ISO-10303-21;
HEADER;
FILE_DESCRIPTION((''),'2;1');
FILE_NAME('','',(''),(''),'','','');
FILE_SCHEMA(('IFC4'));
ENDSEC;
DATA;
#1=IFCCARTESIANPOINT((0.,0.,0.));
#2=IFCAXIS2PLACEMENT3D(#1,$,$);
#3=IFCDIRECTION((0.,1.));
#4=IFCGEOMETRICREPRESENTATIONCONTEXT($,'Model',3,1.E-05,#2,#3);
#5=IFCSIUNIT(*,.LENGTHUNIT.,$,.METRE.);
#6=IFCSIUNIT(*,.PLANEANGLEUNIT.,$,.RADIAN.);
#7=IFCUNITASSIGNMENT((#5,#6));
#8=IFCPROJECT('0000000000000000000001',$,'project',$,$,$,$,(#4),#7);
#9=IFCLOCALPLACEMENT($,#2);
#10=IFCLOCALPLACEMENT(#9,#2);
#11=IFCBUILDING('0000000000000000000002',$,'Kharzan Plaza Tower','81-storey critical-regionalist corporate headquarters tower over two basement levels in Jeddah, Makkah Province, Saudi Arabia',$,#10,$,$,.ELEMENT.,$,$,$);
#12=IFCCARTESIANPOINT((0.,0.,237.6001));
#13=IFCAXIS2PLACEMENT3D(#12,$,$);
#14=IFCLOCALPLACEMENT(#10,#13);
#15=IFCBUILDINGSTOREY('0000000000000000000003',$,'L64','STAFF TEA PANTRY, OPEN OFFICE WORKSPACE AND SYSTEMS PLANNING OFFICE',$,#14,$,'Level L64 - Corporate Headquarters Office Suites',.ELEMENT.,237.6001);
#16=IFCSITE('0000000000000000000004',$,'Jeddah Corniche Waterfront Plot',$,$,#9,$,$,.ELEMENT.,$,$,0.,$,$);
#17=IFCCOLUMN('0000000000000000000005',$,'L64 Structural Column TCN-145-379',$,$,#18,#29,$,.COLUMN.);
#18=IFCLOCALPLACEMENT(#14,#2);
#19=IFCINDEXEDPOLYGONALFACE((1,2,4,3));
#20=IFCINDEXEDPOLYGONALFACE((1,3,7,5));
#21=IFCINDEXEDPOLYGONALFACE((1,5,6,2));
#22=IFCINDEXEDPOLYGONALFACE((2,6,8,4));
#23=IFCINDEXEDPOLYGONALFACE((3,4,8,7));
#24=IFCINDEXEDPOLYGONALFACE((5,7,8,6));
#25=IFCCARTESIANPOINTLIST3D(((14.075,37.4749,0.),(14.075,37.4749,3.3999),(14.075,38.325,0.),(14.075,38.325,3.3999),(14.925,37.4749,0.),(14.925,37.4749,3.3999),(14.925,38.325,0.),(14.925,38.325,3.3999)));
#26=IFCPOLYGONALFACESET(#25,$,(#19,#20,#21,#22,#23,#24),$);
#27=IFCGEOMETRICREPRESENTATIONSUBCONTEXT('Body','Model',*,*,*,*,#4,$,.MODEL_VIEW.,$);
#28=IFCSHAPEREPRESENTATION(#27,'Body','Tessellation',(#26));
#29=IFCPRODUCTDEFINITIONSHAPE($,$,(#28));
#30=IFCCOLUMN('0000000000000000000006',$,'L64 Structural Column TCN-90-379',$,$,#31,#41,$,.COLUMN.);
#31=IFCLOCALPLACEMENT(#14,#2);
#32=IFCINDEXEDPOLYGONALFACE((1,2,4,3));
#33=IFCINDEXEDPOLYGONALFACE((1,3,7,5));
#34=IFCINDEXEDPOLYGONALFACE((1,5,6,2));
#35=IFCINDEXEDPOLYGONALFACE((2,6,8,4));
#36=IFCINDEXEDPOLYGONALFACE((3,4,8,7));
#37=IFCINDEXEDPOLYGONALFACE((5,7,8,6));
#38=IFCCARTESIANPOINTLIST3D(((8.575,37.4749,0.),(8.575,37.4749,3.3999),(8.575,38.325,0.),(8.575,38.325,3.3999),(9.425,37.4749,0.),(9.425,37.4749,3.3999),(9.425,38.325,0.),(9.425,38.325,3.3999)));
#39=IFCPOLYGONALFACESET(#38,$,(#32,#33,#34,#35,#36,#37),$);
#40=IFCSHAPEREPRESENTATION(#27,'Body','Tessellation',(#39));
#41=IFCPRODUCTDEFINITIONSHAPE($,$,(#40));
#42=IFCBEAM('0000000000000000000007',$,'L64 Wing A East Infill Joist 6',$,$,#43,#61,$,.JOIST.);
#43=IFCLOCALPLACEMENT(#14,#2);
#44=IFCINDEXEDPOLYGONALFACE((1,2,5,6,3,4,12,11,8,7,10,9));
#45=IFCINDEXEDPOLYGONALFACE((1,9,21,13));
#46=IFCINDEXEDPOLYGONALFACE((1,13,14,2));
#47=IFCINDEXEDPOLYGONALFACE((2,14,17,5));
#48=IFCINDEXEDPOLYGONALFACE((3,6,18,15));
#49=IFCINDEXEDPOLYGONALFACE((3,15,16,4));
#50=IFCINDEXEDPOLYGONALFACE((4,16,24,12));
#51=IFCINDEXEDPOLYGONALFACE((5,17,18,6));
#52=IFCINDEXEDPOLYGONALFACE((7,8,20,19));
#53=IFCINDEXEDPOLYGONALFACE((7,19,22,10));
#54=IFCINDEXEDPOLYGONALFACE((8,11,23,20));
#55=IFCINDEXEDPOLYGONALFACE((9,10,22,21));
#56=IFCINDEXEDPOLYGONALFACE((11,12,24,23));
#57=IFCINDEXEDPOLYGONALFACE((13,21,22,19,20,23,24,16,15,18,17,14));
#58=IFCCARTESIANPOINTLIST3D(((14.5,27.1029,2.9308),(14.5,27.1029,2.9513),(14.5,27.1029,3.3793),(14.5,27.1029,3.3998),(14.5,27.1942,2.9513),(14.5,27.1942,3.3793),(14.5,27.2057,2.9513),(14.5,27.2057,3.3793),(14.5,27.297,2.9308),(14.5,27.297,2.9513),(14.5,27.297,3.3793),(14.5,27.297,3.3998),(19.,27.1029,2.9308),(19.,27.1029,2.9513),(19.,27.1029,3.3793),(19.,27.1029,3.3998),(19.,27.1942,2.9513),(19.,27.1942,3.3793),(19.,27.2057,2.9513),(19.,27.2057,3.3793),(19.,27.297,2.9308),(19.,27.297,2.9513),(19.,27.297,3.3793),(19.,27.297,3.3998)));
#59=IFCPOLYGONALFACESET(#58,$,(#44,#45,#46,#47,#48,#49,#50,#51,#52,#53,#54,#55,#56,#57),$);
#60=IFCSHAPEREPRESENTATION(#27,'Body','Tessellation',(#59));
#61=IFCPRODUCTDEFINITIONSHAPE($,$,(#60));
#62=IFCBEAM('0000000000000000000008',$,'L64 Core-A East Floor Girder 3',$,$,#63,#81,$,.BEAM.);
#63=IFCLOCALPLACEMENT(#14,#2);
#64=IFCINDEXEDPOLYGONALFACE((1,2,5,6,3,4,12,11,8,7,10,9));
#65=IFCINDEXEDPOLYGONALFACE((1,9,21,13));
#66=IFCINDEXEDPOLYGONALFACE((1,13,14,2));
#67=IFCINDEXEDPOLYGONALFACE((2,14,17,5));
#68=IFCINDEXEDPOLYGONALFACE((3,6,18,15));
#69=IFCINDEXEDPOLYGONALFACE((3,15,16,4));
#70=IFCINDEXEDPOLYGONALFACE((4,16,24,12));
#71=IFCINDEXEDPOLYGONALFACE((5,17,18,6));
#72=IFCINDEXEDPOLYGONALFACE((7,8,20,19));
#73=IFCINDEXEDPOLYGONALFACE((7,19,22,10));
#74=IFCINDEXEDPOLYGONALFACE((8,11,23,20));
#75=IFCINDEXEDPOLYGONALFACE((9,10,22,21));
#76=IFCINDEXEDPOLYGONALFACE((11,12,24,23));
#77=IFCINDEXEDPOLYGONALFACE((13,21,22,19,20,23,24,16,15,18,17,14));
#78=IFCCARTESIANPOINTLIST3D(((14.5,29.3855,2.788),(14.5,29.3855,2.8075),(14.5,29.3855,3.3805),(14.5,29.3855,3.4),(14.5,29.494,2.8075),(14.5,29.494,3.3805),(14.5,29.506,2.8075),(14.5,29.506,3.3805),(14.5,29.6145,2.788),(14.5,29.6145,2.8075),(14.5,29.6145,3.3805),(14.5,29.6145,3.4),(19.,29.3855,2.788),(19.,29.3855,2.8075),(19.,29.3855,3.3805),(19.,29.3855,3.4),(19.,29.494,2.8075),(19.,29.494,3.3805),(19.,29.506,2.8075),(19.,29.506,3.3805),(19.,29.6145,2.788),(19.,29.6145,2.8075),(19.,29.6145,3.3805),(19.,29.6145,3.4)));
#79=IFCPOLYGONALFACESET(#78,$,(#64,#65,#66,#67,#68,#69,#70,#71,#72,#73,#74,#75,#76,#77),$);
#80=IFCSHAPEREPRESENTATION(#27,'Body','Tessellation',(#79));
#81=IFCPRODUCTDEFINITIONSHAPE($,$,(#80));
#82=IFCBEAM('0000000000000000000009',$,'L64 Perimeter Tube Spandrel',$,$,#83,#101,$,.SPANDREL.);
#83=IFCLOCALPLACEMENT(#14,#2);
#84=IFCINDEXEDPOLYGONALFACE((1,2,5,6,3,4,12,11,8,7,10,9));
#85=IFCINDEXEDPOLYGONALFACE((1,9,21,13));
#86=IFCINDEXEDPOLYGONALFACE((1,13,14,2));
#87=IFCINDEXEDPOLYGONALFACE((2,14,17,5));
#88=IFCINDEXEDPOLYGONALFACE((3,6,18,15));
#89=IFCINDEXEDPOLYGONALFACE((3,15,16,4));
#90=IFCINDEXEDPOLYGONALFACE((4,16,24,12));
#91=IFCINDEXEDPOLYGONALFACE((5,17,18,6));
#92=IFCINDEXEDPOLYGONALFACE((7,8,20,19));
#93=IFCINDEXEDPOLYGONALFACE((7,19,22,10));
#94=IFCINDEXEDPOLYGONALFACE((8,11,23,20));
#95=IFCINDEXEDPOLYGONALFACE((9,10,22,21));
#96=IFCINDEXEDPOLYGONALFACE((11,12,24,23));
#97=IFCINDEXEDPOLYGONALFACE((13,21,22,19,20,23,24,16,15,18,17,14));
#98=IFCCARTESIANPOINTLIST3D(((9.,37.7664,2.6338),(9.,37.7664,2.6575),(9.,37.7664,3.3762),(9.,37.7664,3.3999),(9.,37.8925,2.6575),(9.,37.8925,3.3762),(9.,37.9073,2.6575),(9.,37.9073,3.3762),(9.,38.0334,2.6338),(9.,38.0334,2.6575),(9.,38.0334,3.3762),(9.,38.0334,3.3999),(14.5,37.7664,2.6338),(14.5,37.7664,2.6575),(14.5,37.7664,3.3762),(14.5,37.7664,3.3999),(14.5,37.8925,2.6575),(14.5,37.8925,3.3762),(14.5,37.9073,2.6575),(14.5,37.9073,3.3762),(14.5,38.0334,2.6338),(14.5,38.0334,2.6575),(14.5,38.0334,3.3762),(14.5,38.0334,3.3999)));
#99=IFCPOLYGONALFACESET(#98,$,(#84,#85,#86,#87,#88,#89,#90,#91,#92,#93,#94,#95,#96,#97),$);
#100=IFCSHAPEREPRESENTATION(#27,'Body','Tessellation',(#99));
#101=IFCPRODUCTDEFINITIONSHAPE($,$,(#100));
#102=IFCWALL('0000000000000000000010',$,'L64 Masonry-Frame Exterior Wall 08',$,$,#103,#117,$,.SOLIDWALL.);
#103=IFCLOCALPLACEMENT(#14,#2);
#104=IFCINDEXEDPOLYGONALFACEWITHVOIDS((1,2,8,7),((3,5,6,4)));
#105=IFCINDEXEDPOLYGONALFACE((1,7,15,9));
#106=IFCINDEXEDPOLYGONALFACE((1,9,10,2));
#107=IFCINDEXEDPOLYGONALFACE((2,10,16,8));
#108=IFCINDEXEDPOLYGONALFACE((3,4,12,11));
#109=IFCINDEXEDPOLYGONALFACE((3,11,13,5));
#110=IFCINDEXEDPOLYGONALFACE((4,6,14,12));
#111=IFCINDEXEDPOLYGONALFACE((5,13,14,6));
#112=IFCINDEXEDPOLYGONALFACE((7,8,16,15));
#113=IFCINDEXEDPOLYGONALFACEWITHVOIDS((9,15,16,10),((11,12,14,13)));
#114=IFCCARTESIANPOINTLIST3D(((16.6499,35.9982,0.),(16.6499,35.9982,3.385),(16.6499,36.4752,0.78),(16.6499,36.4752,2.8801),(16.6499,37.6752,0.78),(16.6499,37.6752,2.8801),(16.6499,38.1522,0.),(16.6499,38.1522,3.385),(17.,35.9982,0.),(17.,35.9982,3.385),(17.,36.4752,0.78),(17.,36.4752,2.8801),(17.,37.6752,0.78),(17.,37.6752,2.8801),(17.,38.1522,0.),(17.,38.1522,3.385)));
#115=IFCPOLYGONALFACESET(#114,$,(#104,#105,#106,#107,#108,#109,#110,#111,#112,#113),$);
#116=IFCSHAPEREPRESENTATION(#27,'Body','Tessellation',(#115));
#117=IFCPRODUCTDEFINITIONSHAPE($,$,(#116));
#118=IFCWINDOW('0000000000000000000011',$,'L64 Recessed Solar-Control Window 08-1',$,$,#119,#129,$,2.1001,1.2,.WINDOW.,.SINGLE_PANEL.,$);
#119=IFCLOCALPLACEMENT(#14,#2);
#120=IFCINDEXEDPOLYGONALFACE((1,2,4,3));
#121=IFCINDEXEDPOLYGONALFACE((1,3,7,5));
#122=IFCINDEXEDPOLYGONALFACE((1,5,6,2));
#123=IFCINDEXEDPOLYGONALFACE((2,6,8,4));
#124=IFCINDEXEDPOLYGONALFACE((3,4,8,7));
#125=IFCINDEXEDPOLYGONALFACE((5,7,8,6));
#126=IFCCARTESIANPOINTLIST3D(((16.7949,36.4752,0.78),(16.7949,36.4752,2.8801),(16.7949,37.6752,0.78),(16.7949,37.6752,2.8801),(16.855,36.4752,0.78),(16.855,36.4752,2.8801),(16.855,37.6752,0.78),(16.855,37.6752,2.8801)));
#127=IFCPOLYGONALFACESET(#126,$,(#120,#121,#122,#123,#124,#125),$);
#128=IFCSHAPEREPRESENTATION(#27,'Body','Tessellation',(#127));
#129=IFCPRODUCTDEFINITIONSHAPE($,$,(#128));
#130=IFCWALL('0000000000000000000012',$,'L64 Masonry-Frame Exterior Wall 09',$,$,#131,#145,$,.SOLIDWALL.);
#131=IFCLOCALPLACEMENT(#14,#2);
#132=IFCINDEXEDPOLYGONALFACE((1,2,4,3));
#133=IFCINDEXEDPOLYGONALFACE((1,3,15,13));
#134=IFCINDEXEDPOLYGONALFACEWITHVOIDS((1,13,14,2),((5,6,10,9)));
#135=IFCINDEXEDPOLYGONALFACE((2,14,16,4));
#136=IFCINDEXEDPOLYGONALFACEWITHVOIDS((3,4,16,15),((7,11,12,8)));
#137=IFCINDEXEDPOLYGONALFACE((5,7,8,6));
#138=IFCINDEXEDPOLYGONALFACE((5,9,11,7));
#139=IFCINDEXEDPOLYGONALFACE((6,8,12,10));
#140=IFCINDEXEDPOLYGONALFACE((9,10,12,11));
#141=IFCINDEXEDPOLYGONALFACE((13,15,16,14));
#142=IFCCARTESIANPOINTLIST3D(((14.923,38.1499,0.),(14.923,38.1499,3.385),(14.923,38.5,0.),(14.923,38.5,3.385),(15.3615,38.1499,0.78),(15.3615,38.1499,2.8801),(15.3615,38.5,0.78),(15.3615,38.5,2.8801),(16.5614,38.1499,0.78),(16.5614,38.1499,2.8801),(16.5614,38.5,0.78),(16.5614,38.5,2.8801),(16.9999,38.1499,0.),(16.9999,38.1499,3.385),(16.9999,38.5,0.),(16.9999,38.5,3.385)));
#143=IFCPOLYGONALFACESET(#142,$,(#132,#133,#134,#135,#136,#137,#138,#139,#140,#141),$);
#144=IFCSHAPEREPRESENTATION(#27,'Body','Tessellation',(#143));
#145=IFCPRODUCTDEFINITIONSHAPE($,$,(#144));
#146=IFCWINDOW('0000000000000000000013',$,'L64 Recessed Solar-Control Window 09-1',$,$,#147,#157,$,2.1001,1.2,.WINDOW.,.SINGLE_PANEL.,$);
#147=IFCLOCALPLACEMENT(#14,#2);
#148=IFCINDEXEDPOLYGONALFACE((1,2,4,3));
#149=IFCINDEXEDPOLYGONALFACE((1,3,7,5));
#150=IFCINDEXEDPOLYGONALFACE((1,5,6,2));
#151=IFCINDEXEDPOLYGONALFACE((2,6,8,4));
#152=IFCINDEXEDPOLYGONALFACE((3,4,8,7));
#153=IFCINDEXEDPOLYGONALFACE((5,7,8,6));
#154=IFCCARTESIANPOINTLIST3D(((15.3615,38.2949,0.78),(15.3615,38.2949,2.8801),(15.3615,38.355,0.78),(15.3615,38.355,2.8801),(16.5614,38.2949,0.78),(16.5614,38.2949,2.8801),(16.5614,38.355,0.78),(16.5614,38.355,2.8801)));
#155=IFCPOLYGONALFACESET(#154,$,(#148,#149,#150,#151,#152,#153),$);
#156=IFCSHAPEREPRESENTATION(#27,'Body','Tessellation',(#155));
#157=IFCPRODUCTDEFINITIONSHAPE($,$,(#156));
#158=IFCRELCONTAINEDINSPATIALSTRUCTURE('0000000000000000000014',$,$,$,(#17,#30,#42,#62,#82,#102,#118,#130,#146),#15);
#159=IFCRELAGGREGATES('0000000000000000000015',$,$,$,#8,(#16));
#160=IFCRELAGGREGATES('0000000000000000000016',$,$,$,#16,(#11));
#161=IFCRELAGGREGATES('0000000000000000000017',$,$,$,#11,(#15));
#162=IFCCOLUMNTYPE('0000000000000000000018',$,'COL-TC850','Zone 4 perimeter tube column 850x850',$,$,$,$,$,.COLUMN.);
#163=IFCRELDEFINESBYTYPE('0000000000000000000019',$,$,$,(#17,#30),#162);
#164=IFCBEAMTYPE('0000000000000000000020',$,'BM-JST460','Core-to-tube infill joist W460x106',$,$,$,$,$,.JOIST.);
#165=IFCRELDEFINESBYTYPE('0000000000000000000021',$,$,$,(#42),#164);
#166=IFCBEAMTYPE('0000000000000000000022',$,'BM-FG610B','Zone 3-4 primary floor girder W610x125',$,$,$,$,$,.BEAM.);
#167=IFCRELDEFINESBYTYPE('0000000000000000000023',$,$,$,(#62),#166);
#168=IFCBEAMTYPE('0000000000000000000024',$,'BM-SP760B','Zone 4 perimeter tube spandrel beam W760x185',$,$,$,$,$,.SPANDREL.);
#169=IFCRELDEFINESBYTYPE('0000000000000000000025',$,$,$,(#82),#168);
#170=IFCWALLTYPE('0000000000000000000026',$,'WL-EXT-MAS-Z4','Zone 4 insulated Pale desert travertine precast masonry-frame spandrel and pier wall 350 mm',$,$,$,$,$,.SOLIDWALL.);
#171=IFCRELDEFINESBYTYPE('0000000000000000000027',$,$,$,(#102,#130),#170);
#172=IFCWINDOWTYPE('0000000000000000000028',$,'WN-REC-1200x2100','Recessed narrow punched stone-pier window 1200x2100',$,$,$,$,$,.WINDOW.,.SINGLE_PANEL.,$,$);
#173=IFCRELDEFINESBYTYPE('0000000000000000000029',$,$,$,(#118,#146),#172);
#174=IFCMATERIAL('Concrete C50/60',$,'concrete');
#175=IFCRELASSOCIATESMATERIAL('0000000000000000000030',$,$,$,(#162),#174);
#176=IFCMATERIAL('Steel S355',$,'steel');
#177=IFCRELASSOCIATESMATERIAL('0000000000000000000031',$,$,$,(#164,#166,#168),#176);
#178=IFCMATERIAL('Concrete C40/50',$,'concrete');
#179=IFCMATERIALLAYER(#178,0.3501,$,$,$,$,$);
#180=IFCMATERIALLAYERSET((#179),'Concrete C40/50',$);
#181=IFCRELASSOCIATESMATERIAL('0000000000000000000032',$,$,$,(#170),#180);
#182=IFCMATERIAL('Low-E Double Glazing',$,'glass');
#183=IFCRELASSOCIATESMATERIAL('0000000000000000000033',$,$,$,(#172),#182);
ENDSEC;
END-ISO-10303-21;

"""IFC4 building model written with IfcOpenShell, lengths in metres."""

from ifc_helpers import new_model, si_unit, direction, frame, frame_2d, origin, origin_2d, place, context, subcontext, project, spatial, rectangle, i_section, extrude, source, transform, mapped, material, layer, layer_set, material_profile, profile_set, type_object, element, fill, save


model = new_model("IFC4")

# Units and contexts
model_context = context("Model", 3, precision=1e-05, world=origin(), true_north=direction((0.0, 1.0)))
body_context = subcontext(model_context, "Body", "Model", "MODEL_VIEW")
ifc_project = project(units=[si_unit("LENGTHUNIT", "METRE"), si_unit("PLANEANGLEUNIT", "RADIAN")], contexts=[model_context])

# Site, building, storey
site_placement = place(None, origin())
site = spatial("IfcSite", under=ifc_project, at=site_placement, Name="Jeddah Corniche Waterfront Plot", CompositionType="ELEMENT", RefElevation=0.0)
building_placement = place(site_placement, origin())
building = spatial("IfcBuilding", under=site, at=building_placement, Name="Kharzan Plaza Tower", Description="81-storey critical-regionalist corporate headquarters tower over two basement levels in Jeddah, Makkah Province, Saudi Arabia", CompositionType="ELEMENT")
storey_placement = place(building_placement, frame((0.0, 0.0, 237.6001)))
storey = spatial("IfcBuildingStorey", under=building, at=storey_placement, Name="L64", Description="STAFF TEA PANTRY, OPEN OFFICE WORKSPACE AND SYSTEMS PLANNING OFFICE", LongName="Level L64 - Corporate Headquarters Office Suites", CompositionType="ELEMENT", Elevation=237.6001)

# Columns
ifc_material_1 = material(Name="Concrete C50/60", Category="concrete")
ifc_material_profile_1 = material_profile(ifc_material_1, rectangle(XDim=0.8501, YDim=0.8501, at=origin_2d()), Name="RC-TC850x850")
ifc_profile_set_1 = profile_set([ifc_material_profile_1], Name="Concrete C50/60")
column_type = type_object("IfcColumnType", Name="COL-TC850", Description="Zone 4 perimeter tube column 850x850", PredefinedType="COLUMN", material=ifc_profile_set_1)
shared_shape_1 = source(origin(), body_context, "Body", "SweptSolid", [
    extrude(rectangle(XDim=0.8501, YDim=0.8501, at=origin_2d()), origin(), (0.0, 0.0, 1.0), 3.3999),
])
for number, where, z_axis, x_axis, name in (
    (1, (14.5, 37.8999, 0.0), (0.0, 0.0, 1.0), (1.0, 0.0, 0.0), "L64 Structural Column TCN-145-379"),
    (2, (9.0, 37.8999, 0.0), (0.0, 0.0, 1.0), (1.0, 0.0, 0.0), "L64 Structural Column TCN-90-379"),
):
    element("IfcColumn", number, at=place(storey_placement, frame(where, z_axis=z_axis, x_axis=x_axis)), inside=storey, type_object=column_type, Name=name, PredefinedType="COLUMN", context=body_context, shape_type="MappedRepresentation", body=[
        mapped(shared_shape_1, transform((0.0, 0.0, 0.0), x_axis=(1.0, 0.0, 0.0), y_axis=(0.0, 1.0, 0.0), z_axis=(0.0, 0.0, 1.0))),
    ])

# Beams
ifc_material_2 = material(Name="Steel S355", Category="steel")
ifc_material_profile_2 = material_profile(ifc_material_2, i_section(OverallWidth=0.1941, OverallDepth=0.469, WebThickness=0.0115, FlangeThickness=0.0205, at=origin_2d()), Name="W460x106")
ifc_profile_set_2 = profile_set([ifc_material_profile_2], Name="Steel S355")
beam_type_1 = type_object("IfcBeamType", Name="BM-JST460", Description="Core-to-tube infill joist W460x106", PredefinedType="JOIST", material=ifc_profile_set_2)
shared_shape_2 = source(origin(), body_context, "Body", "SweptSolid", [
    extrude(i_section(OverallWidth=0.1941, OverallDepth=0.469, WebThickness=0.0115, FlangeThickness=0.0205, at=origin_2d()), origin(), (0.0, 0.0, 1.0), 4.5),
])
beam_1_placement = place(storey_placement, frame((14.5, 27.2, 3.1653), z_axis=(1.0, 0.0, 0.0), x_axis=(0.0, 1.0, 0.0)))
element("IfcBeam", 3, at=beam_1_placement, inside=storey, type_object=beam_type_1, Name="L64 Wing A East Infill Joist 6", PredefinedType="JOIST", context=body_context, shape_type="MappedRepresentation", body=[
    mapped(shared_shape_2, transform((0.0, 0.0, 0.0), x_axis=(1.0, 0.0, 0.0), y_axis=(0.0, 1.0, 0.0), z_axis=(0.0, 0.0, 1.0))),
])
ifc_material_profile_3 = material_profile(ifc_material_2, i_section(OverallWidth=0.229, OverallDepth=0.6121, WebThickness=0.012, FlangeThickness=0.0195, at=origin_2d()), Name="W610x125")
ifc_profile_set_3 = profile_set([ifc_material_profile_3], Name="Steel S355")
beam_type_2 = type_object("IfcBeamType", Name="BM-FG610B", Description="Zone 3-4 primary floor girder W610x125", PredefinedType="BEAM", material=ifc_profile_set_3)
shared_shape_3 = source(origin(), body_context, "Body", "SweptSolid", [
    extrude(i_section(OverallWidth=0.229, OverallDepth=0.6121, WebThickness=0.012, FlangeThickness=0.0195, at=origin_2d()), origin(), (0.0, 0.0, 1.0), 4.5),
])
beam_2_placement = place(storey_placement, frame((14.5, 29.5, 3.094), z_axis=(1.0, 0.0, 0.0), x_axis=(0.0, 1.0, 0.0)))
element("IfcBeam", 4, at=beam_2_placement, inside=storey, type_object=beam_type_2, Name="L64 Core-A East Floor Girder 3", PredefinedType="BEAM", context=body_context, shape_type="MappedRepresentation", body=[
    mapped(shared_shape_3, transform((0.0, 0.0, 0.0), x_axis=(1.0, 0.0, 0.0), y_axis=(0.0, 1.0, 0.0), z_axis=(0.0, 0.0, 1.0))),
])
ifc_material_profile_4 = material_profile(ifc_material_2, i_section(OverallWidth=0.2671, OverallDepth=0.7661, WebThickness=0.0149, FlangeThickness=0.0237, at=origin_2d()), Name="W760x185")
ifc_profile_set_4 = profile_set([ifc_material_profile_4], Name="Steel S355")
beam_type_3 = type_object("IfcBeamType", Name="BM-SP760B", Description="Zone 4 perimeter tube spandrel beam W760x185", PredefinedType="SPANDREL", material=ifc_profile_set_4)
shared_shape_4 = source(origin(), body_context, "Body", "SweptSolid", [
    extrude(i_section(OverallWidth=0.2671, OverallDepth=0.7661, WebThickness=0.0149, FlangeThickness=0.0237, at=origin_2d()), origin(), (0.0, 0.0, 1.0), 5.5),
])
beam_3_placement = place(storey_placement, frame((9.0, 37.8999, 3.0168), z_axis=(1.0, 0.0, 0.0), x_axis=(0.0, 1.0, 0.0)))
element("IfcBeam", 5, at=beam_3_placement, inside=storey, type_object=beam_type_3, Name="L64 Perimeter Tube Spandrel", PredefinedType="SPANDREL", context=body_context, shape_type="MappedRepresentation", body=[
    mapped(shared_shape_4, transform((0.0, 0.0, 0.0), x_axis=(1.0, 0.0, 0.0), y_axis=(0.0, 1.0, 0.0), z_axis=(0.0, 0.0, 1.0))),
])

# Walls, openings, windows
ifc_material_3 = material(Name="Concrete C40/50", Category="concrete")
ifc_layer_1 = layer(ifc_material_3, 0.3501)
ifc_layer_set_1 = layer_set([ifc_layer_1], Name="Concrete C40/50")
wall_type_1 = type_object("IfcWallType", Name="WL-EXT-MAS-Z4", Description="Zone 4 insulated Pale desert travertine precast masonry-frame spandrel and pier wall 350 mm", PredefinedType="SOLIDWALL", material=ifc_layer_set_1)
wall_1_placement = place(storey_placement, frame((16.825, 35.998, 0.0), z_axis=(0.0, 0.0, 1.0), x_axis=(0.0, 1.0, 0.0)))
wall_1 = element("IfcWall", 6, at=wall_1_placement, inside=storey, type_object=wall_type_1, Name="L64 Masonry-Frame Exterior Wall 08", PredefinedType="SOLIDWALL", context=body_context, shape_type="SweptSolid", body=[
    extrude(rectangle(XDim=2.1541, YDim=0.3501, at=frame_2d((1.0771, 0.0))), origin(), (0.0, 0.0, 1.0), 3.385),
])
opening_1_placement = place(wall_1_placement, frame((0.4771, 0.0, 0.78)))
opening_1 = element("IfcOpeningElement", 7, at=opening_1_placement, cuts=wall_1, PredefinedType="OPENING", context=body_context, shape_type="SweptSolid", body=[
    extrude(rectangle(XDim=1.2, YDim=2.1001, at=frame_2d((0.6001, 1.05))), frame((0.0, 0.1851, 0.0), z_axis=(0.0, -1.0, 0.0), x_axis=(1.0, 0.0, 0.0)), (0.0, 0.0, 1.0), 0.3701),
])
ifc_material_4 = material(Name="Low-E Double Glazing", Category="glass")
window_type_1 = type_object("IfcWindowType", Name="WN-REC-1200x2100", Description="Recessed narrow punched stone-pier window 1200x2100", PartitioningType="SINGLE_PANEL", PredefinedType="WINDOW", material=ifc_material_4)
shared_shape_5 = source(origin(), body_context, "Body", "SweptSolid", [
    extrude(rectangle(XDim=1.2, YDim=2.1001, at=frame_2d((0.6001, 1.05))), frame((0.0, 0.03, 0.0), z_axis=(0.0, -1.0, 0.0), x_axis=(1.0, 0.0, 0.0)), (0.0, 0.0, 1.0), 0.0601),
])
window_1_placement = place(opening_1_placement, origin())
window_1 = element("IfcWindow", 8, at=window_1_placement, inside=storey, type_object=window_type_1, Name="L64 Recessed Solar-Control Window 08-1", OverallHeight=2.1001, OverallWidth=1.2, PartitioningType="SINGLE_PANEL", PredefinedType="WINDOW", context=body_context, shape_type="MappedRepresentation", body=[
    mapped(shared_shape_5, transform((0.0, 0.0, 0.0), x_axis=(1.0, 0.0, 0.0), y_axis=(0.0, 1.0, 0.0), z_axis=(0.0, 0.0, 1.0))),
])
fill(opening_1, window_1)
wall_2_placement = place(storey_placement, frame((17.0, 38.325, 0.0), z_axis=(0.0, 0.0, 1.0), x_axis=(-1.0, 0.0, 0.0)))
wall_2 = element("IfcWall", 9, at=wall_2_placement, inside=storey, type_object=wall_type_1, Name="L64 Masonry-Frame Exterior Wall 09", PredefinedType="SOLIDWALL", context=body_context, shape_type="SweptSolid", body=[
    extrude(rectangle(XDim=2.0769, YDim=0.3501, at=frame_2d((1.0386, 0.0))), origin(), (0.0, 0.0, 1.0), 3.385),
])
opening_2_placement = place(wall_2_placement, frame((0.4385, 0.0, 0.78)))
opening_2 = element("IfcOpeningElement", 10, at=opening_2_placement, cuts=wall_2, PredefinedType="OPENING", context=body_context, shape_type="SweptSolid", body=[
    extrude(rectangle(XDim=1.2, YDim=2.1001, at=frame_2d((0.6001, 1.05))), frame((0.0, 0.1851, 0.0), z_axis=(0.0, -1.0, 0.0), x_axis=(1.0, 0.0, 0.0)), (0.0, 0.0, 1.0), 0.3701),
])
window_2_placement = place(opening_2_placement, origin())
window_2 = element("IfcWindow", 11, at=window_2_placement, inside=storey, type_object=window_type_1, Name="L64 Recessed Solar-Control Window 09-1", OverallHeight=2.1001, OverallWidth=1.2, PartitioningType="SINGLE_PANEL", PredefinedType="WINDOW", context=body_context, shape_type="MappedRepresentation", body=[
    mapped(shared_shape_5, transform((0.0, 0.0, 0.0), x_axis=(1.0, 0.0, 0.0), y_axis=(0.0, 1.0, 0.0), z_axis=(0.0, 0.0, 1.0))),
])
fill(opening_2, window_2)

save(model, "model.ifc")
